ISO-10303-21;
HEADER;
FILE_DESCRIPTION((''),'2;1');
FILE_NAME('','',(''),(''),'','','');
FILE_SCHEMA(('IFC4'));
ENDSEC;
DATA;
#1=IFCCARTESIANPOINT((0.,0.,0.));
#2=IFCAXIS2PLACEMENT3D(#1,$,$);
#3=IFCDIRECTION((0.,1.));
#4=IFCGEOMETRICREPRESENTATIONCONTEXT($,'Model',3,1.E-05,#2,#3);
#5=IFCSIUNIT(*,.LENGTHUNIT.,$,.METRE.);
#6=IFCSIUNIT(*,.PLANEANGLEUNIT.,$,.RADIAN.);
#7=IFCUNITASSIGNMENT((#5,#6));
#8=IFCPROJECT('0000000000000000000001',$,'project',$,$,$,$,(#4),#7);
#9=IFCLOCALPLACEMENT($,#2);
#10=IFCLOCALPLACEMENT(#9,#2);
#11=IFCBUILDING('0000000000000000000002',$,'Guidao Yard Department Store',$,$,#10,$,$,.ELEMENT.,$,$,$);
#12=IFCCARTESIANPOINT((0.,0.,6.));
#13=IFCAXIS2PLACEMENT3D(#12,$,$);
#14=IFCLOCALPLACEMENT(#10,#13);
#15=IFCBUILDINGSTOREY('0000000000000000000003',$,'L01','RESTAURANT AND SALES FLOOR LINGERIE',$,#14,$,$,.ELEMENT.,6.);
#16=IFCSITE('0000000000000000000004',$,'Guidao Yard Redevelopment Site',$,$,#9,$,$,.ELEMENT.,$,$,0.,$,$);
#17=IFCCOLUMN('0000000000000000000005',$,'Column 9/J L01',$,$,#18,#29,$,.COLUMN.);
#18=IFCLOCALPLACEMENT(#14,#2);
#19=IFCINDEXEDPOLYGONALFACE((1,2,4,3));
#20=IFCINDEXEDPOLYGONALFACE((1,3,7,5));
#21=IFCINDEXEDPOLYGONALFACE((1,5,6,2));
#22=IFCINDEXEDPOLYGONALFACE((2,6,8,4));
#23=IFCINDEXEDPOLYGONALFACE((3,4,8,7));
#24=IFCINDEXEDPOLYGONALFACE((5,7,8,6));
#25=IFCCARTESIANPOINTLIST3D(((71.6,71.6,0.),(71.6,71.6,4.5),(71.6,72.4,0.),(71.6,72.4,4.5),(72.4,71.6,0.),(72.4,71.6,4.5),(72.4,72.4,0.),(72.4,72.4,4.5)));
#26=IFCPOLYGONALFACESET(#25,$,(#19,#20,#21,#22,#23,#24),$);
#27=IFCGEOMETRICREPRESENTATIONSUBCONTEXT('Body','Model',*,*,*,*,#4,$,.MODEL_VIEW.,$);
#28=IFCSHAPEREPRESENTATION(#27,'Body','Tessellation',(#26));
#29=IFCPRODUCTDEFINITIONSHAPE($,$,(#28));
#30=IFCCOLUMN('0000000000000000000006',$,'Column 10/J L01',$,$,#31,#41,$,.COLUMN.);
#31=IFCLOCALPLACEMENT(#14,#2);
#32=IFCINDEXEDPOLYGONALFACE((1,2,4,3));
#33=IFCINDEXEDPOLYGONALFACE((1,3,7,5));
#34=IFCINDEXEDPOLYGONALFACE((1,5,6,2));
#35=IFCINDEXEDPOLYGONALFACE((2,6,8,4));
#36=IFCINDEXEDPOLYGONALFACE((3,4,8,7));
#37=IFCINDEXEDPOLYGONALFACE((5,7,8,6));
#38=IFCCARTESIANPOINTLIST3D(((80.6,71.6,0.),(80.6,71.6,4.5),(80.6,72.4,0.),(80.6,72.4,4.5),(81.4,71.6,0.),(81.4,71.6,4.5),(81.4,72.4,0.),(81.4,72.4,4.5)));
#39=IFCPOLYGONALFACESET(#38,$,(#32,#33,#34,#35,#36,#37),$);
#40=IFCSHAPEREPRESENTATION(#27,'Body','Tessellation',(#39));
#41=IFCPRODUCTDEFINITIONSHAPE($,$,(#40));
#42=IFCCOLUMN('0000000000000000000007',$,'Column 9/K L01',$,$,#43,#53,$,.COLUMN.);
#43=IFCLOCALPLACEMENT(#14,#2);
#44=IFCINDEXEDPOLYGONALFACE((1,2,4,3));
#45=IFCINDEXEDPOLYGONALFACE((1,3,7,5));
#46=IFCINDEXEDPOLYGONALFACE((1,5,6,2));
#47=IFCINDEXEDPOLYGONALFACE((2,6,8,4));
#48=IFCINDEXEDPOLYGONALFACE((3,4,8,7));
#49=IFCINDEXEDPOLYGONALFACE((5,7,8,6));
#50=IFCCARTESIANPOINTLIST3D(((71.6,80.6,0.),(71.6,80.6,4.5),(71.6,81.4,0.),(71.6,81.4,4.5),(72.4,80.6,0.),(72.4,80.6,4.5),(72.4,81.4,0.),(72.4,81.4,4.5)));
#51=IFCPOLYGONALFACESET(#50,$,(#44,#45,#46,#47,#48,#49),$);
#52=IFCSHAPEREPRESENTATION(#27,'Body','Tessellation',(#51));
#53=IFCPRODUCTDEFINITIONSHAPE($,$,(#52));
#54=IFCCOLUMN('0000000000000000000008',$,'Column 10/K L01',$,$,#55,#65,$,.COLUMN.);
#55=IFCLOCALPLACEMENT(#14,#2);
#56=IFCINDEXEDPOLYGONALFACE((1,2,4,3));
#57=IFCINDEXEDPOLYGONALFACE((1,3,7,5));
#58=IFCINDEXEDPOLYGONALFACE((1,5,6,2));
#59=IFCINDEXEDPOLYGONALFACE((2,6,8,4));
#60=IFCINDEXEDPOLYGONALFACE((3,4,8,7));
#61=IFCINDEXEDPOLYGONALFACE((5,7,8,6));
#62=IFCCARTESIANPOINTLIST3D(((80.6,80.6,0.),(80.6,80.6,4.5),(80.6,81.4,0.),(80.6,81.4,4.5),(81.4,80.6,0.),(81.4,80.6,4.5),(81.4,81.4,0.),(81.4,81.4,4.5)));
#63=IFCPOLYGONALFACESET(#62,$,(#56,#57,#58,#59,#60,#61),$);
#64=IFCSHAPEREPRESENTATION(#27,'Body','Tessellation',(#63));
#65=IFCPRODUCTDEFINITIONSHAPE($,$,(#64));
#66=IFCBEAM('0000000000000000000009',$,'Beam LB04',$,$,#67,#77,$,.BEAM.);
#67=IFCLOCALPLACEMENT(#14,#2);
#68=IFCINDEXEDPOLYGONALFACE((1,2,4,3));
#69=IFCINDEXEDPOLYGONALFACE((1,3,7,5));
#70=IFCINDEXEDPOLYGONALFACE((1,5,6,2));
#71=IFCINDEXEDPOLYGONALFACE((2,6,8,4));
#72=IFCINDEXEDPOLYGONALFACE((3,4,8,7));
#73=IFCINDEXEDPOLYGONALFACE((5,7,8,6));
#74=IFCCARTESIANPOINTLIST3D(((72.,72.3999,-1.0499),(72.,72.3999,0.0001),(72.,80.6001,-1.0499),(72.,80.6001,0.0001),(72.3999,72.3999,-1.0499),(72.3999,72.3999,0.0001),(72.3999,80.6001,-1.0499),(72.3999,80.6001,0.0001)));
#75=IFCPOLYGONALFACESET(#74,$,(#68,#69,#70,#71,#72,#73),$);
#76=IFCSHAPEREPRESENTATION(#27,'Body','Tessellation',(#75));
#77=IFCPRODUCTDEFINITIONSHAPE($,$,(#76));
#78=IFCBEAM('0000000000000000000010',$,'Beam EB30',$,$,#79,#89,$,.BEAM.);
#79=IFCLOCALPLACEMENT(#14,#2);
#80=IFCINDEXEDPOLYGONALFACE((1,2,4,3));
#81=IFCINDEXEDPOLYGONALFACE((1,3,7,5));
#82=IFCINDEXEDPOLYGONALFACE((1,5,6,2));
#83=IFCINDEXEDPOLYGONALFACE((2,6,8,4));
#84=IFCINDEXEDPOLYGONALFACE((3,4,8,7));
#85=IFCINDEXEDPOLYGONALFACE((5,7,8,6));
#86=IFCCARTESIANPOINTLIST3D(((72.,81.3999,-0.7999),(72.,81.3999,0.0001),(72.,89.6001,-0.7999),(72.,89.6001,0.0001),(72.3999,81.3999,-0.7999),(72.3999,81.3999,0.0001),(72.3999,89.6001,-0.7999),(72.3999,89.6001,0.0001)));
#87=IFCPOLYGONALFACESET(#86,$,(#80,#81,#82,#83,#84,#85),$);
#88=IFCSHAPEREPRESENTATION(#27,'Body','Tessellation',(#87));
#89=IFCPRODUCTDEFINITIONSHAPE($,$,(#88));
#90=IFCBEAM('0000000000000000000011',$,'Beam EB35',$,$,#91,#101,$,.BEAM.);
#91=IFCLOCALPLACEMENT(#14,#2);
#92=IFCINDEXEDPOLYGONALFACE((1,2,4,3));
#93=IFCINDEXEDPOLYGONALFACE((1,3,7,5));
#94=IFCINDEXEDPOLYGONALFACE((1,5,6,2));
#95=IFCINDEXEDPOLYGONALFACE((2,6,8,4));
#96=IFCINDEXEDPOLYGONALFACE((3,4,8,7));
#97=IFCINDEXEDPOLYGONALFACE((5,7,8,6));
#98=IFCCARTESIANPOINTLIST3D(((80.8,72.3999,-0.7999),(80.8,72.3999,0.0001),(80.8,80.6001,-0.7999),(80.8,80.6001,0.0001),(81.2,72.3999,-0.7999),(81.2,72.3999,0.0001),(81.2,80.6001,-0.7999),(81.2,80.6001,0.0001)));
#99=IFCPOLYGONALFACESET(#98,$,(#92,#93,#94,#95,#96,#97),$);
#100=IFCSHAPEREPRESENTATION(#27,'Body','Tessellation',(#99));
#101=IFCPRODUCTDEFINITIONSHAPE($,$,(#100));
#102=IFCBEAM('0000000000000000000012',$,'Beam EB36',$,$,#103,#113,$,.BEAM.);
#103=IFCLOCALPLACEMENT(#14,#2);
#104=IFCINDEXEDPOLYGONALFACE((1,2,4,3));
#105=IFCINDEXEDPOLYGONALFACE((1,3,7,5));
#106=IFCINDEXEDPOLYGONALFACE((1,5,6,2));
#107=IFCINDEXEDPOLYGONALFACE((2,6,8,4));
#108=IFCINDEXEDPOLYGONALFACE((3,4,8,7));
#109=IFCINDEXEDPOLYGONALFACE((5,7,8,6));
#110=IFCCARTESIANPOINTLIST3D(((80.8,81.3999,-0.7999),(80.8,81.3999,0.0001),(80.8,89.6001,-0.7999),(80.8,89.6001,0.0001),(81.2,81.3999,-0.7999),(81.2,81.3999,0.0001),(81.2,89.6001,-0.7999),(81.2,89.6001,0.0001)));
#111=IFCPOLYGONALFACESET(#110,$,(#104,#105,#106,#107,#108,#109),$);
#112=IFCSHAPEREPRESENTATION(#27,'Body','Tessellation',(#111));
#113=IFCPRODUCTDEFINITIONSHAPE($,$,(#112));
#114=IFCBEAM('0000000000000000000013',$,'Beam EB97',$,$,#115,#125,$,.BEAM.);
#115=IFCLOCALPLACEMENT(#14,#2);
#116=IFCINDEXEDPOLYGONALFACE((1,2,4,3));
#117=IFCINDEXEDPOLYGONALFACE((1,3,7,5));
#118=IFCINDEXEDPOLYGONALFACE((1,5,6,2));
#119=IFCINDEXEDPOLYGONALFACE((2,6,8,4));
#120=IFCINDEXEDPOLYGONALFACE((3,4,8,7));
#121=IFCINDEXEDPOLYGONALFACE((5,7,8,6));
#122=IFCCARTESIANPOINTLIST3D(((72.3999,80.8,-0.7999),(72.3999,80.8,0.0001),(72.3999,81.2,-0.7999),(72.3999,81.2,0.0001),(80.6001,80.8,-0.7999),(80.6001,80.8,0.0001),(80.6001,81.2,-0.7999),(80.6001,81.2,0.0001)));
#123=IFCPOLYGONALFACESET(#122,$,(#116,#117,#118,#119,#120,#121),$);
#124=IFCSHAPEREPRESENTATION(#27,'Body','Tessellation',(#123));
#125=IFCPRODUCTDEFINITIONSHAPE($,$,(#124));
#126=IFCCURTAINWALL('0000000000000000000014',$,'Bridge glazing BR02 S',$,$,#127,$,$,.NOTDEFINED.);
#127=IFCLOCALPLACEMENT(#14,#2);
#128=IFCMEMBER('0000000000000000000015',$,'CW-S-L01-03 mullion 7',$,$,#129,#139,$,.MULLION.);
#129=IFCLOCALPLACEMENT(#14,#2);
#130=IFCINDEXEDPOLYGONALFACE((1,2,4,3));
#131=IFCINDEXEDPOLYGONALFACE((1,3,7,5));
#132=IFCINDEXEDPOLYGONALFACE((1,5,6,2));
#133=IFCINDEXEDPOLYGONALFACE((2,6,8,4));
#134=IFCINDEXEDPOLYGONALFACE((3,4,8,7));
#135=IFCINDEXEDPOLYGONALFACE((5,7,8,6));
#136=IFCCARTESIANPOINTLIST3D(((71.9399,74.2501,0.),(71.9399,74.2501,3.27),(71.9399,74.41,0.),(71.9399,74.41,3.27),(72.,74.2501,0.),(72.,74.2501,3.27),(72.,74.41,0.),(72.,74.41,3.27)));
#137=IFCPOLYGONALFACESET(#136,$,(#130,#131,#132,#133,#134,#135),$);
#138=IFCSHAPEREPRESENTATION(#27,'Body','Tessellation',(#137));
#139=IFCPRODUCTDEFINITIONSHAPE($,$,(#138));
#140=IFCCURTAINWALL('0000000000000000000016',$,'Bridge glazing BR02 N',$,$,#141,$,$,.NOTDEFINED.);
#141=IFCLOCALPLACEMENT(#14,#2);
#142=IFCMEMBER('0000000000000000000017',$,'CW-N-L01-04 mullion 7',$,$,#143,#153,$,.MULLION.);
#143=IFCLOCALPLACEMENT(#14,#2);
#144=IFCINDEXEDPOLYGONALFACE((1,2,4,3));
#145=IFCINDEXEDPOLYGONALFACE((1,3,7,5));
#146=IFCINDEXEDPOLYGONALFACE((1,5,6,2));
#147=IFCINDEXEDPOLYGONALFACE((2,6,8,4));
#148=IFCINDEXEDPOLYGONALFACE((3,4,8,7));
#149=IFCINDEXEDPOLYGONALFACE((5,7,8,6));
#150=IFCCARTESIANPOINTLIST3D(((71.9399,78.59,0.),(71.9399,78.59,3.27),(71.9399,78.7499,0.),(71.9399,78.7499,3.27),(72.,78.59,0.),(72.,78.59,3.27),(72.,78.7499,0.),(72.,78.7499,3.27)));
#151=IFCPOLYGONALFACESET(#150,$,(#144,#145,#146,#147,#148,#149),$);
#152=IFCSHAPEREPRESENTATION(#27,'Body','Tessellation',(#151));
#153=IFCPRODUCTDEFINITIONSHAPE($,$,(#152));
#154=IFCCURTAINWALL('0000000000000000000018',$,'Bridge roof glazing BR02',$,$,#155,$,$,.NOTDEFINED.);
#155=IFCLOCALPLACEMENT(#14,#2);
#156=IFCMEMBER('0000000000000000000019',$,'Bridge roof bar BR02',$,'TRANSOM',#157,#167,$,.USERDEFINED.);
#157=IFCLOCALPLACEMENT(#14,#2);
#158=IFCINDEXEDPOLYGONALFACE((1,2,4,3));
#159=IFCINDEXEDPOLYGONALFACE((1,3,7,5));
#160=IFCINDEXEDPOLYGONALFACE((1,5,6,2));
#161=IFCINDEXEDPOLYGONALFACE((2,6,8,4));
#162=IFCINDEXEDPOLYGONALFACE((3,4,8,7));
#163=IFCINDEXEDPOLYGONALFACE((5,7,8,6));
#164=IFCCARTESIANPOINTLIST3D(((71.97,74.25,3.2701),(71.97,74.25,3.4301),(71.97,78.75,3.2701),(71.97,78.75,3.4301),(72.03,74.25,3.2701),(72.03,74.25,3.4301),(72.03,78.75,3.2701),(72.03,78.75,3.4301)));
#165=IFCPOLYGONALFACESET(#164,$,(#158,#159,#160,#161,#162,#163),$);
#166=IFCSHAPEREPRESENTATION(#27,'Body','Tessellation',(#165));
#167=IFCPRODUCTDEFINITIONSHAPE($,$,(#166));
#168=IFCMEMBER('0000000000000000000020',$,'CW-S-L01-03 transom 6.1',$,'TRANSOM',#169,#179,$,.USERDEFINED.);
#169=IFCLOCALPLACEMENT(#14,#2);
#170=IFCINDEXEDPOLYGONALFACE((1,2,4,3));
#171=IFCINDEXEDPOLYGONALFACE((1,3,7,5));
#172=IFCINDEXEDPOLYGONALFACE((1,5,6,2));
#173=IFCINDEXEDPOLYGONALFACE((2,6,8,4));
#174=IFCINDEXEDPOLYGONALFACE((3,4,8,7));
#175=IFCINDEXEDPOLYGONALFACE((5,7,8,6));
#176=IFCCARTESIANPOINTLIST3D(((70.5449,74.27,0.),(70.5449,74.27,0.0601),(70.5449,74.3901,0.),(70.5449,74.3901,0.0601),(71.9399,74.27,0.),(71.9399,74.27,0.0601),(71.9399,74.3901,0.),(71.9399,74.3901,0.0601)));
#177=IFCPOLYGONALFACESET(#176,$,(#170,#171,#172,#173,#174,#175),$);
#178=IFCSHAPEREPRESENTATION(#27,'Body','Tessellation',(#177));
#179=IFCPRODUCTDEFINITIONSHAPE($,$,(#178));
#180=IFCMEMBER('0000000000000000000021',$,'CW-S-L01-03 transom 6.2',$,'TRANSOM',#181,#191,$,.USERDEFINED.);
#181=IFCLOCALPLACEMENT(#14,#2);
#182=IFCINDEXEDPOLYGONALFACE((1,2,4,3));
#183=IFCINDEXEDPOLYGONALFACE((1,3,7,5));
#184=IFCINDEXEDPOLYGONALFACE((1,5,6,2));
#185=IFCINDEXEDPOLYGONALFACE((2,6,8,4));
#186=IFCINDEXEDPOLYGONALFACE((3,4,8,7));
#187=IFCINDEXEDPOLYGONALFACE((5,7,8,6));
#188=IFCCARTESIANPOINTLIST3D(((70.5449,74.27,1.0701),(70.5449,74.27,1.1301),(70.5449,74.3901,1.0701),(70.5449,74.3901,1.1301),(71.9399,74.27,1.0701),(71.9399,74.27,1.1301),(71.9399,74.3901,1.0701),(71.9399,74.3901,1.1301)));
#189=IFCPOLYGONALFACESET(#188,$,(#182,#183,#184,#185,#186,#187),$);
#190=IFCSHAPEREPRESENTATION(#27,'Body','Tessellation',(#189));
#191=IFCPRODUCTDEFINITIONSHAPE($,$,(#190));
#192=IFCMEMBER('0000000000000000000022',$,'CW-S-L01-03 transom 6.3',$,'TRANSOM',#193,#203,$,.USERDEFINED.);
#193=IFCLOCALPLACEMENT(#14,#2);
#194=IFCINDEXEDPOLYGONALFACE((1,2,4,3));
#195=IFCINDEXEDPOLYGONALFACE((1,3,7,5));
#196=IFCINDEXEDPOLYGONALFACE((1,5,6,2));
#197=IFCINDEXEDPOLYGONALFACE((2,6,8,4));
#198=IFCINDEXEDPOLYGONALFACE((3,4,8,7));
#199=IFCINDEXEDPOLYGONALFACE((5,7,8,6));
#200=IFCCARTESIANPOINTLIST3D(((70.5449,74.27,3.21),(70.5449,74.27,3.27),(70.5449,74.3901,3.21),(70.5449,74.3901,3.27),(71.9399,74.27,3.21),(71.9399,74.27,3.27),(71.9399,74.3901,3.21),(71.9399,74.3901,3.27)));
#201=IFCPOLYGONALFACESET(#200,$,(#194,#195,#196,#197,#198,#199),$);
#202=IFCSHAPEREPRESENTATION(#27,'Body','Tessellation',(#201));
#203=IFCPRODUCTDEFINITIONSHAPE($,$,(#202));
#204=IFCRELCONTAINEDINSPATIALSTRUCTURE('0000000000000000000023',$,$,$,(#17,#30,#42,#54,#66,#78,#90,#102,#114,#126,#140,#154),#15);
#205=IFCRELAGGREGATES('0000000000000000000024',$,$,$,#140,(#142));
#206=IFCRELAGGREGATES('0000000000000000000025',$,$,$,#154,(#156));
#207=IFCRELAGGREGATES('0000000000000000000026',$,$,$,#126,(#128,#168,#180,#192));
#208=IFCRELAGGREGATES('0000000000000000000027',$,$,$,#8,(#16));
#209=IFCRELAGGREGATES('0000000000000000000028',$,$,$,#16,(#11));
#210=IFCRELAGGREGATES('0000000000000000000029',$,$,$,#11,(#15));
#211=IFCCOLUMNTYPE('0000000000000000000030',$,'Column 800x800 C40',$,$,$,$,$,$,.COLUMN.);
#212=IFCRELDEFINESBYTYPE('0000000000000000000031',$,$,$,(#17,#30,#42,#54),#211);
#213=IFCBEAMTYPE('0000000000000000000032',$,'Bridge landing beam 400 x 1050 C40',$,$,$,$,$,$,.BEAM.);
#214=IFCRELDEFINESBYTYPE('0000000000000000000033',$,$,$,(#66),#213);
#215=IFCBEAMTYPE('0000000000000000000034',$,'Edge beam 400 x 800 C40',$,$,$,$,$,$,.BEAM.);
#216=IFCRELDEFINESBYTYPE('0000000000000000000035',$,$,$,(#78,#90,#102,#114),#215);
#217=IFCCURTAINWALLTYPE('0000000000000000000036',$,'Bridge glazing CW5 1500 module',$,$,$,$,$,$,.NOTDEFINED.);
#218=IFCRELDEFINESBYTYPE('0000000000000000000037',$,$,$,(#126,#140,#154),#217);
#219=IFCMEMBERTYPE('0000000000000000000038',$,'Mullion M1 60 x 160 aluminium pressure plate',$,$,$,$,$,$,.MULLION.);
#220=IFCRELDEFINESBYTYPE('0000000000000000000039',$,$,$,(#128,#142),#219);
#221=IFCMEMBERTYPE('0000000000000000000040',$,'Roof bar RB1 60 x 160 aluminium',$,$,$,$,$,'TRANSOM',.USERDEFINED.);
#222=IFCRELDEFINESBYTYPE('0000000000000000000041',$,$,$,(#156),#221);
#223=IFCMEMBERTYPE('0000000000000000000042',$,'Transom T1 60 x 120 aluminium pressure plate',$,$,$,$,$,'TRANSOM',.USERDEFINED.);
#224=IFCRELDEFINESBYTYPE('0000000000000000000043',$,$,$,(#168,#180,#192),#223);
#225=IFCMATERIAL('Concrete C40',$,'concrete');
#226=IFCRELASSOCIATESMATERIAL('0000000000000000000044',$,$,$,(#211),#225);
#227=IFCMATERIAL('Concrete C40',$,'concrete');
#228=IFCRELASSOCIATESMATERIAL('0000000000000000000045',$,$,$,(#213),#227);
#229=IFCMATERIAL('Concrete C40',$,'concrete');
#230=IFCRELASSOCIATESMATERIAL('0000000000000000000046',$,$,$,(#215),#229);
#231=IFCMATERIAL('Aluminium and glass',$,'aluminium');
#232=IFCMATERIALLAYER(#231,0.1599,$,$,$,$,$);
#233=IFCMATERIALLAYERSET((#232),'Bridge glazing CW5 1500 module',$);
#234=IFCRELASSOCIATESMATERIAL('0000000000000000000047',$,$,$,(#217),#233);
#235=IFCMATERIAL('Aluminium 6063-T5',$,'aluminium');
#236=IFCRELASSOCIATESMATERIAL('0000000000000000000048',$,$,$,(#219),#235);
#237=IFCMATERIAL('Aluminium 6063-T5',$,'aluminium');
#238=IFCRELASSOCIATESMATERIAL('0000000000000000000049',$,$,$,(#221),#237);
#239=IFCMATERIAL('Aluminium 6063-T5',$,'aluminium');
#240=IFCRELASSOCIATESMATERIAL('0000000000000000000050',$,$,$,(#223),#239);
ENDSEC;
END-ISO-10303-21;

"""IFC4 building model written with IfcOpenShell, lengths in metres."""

from ifc_helpers import new_model, si_unit, direction, frame, origin, origin_2d, place, context, subcontext, project, spatial, rectangle, extrude, material, layer, layer_set, material_profile, profile_set, type_object, element, aggregate, save


model = new_model("IFC4")

# Units and contexts
model_context = context("Model", 3, precision=1e-05, world=origin(), true_north=direction((0.0, 1.0)))
body_context = subcontext(model_context, "Body", "Model", "MODEL_VIEW")
ifc_project = project(units=[si_unit("LENGTHUNIT", "METRE"), si_unit("PLANEANGLEUNIT", "RADIAN")], contexts=[model_context])

# Site, building, storey
site_placement = place(None, origin())
site = spatial("IfcSite", under=ifc_project, at=site_placement, Name="Guidao Yard Redevelopment Site", CompositionType="ELEMENT", RefElevation=0.0)
building_placement = place(site_placement, origin())
building = spatial("IfcBuilding", under=site, at=building_placement, Name="Guidao Yard Department Store", CompositionType="ELEMENT")
storey_placement = place(building_placement, frame((0.0, 0.0, 6.0)))
storey = spatial("IfcBuildingStorey", under=building, at=storey_placement, Name="L01", Description="RESTAURANT AND SALES FLOOR LINGERIE", CompositionType="ELEMENT", Elevation=6.0)

# Columns
ifc_material_1 = material(Name="Concrete C40", Category="concrete")
ifc_material_profile_1 = material_profile(ifc_material_1, rectangle(XDim=0.8, YDim=0.8, at=origin_2d()), Name="COL 800x800")
ifc_profile_set_1 = profile_set([ifc_material_profile_1], Name="Concrete C40")
column_type = type_object("IfcColumnType", Name="Column 800x800 C40", PredefinedType="COLUMN", material=ifc_profile_set_1)
for number, where, z_axis, x_axis, name in (
    (1, (72.0, 72.0, 0.0), (0.0, 0.0, 1.0), (1.0, 0.0, 0.0), "Column 9/J L01"),
    (2, (81.0, 72.0, 0.0), (0.0, 0.0, 1.0), (1.0, 0.0, 0.0), "Column 10/J L01"),
    (3, (72.0, 81.0, 0.0), (0.0, 0.0, 1.0), (1.0, 0.0, 0.0), "Column 9/K L01"),
    (4, (81.0, 81.0, 0.0), (0.0, 0.0, 1.0), (1.0, 0.0, 0.0), "Column 10/K L01"),
):
    element("IfcColumn", number, at=place(storey_placement, frame(where, z_axis=z_axis, x_axis=x_axis)), inside=storey, type_object=column_type, Name=name, PredefinedType="COLUMN", context=body_context, shape_type="SweptSolid", body=[
        extrude(rectangle(XDim=0.8, YDim=0.8, at=origin_2d()), origin(), (0.0, 0.0, 1.0), 4.5),
    ])

# Beams
ifc_material_2 = material(Name="Concrete C40", Category="concrete")
ifc_material_profile_2 = material_profile(ifc_material_2, rectangle(XDim=0.3999, YDim=1.05, at=origin_2d()), Name="Bridge landing beam 400 x 1050 C40")
ifc_profile_set_2 = profile_set([ifc_material_profile_2], Name="Concrete C40")
beam_type_1 = type_object("IfcBeamType", Name="Bridge landing beam 400 x 1050 C40", PredefinedType="BEAM", material=ifc_profile_set_2)
beam_placement = place(storey_placement, frame((72.2, 72.3999, -0.5249), z_axis=(0.0, 1.0, 0.0), x_axis=(-1.0, 0.0, 0.0)))
element("IfcBeam", 5, at=beam_placement, inside=storey, type_object=beam_type_1, Name="Beam LB04", PredefinedType="BEAM", context=body_context, shape_type="SweptSolid", body=[
    extrude(rectangle(XDim=0.3999, YDim=1.05, at=origin_2d()), origin(), (0.0, 0.0, 1.0), 8.2002),
])
ifc_material_3 = material(Name="Concrete C40", Category="concrete")
ifc_material_profile_3 = material_profile(ifc_material_3, rectangle(XDim=0.3999, YDim=0.8, at=origin_2d()), Name="Edge beam 400 x 800 C40")
ifc_profile_set_3 = profile_set([ifc_material_profile_3], Name="Concrete C40")
beam_type_2 = type_object("IfcBeamType", Name="Edge beam 400 x 800 C40", PredefinedType="BEAM", material=ifc_profile_set_3)
for number, where, z_axis, x_axis, name in (
    (6, (72.2, 81.3999, -0.3999), (0.0, 1.0, 0.0), (-1.0, 0.0, 0.0), "Beam EB30"),
    (7, (81.0, 72.3999, -0.3999), (0.0, 1.0, 0.0), (-1.0, 0.0, 0.0), "Beam EB35"),
    (8, (81.0, 81.3999, -0.3999), (0.0, 1.0, 0.0), (-1.0, 0.0, 0.0), "Beam EB36"),
    (9, (72.3999, 81.0, -0.3999), (1.0, 0.0, 0.0), (0.0, 1.0, 0.0), "Beam EB97"),
):
    element("IfcBeam", number, at=place(storey_placement, frame(where, z_axis=z_axis, x_axis=x_axis)), inside=storey, type_object=beam_type_2, Name=name, PredefinedType="BEAM", context=body_context, shape_type="SweptSolid", body=[
        extrude(rectangle(XDim=0.3999, YDim=0.8, at=origin_2d()), origin(), (0.0, 0.0, 1.0), 8.2002),
    ])

# Curtain walls, members
ifc_material_4 = material(Name="Aluminium and glass", Category="aluminium")
ifc_layer_1 = layer(ifc_material_4, 0.1599)
ifc_layer_set_1 = layer_set([ifc_layer_1], Name="Bridge glazing CW5 1500 module")
curtain_wall_type = type_object("IfcCurtainWallType", Name="Bridge glazing CW5 1500 module", PredefinedType="NOTDEFINED", material=ifc_layer_set_1)
curtain_wall_1_placement = place(storey_placement, origin())
curtain_wall_1 = element("IfcCurtainWall", 10, at=curtain_wall_1_placement, inside=storey, type_object=curtain_wall_type, Name="Bridge glazing BR02 S", PredefinedType="NOTDEFINED")
ifc_material_5 = material(Name="Aluminium 6063-T5", Category="aluminium")
ifc_material_profile_4 = material_profile(ifc_material_5, rectangle(XDim=0.0601, YDim=0.1599, at=origin_2d()), Name="Mullion M1 60 x 160 aluminium pressure plate")
ifc_profile_set_4 = profile_set([ifc_material_profile_4], Name="Aluminium 6063-T5")
member_type_1 = type_object("IfcMemberType", Name="Mullion M1 60 x 160 aluminium pressure plate", PredefinedType="MULLION", material=ifc_profile_set_4)
member_1_placement = place(storey_placement, frame((71.97, 74.3301, 0.0), z_axis=(0.0, 0.0, 1.0), x_axis=(-1.0, 0.0, 0.0)))
member_1 = element("IfcMember", 11, at=member_1_placement, type_object=member_type_1, Name="CW-S-L01-03 mullion 7", PredefinedType="MULLION", context=body_context, shape_type="SweptSolid", body=[
    extrude(rectangle(XDim=0.0601, YDim=0.1599, at=origin_2d()), origin(), (0.0, 0.0, 1.0), 3.27),
])
curtain_wall_2_placement = place(storey_placement, origin())
curtain_wall_2 = element("IfcCurtainWall", 12, at=curtain_wall_2_placement, inside=storey, type_object=curtain_wall_type, Name="Bridge glazing BR02 N", PredefinedType="NOTDEFINED")
member_2_placement = place(storey_placement, frame((71.97, 78.6699, 0.0), z_axis=(0.0, 0.0, 1.0), x_axis=(1.0, 0.0, 0.0)))
member_2 = element("IfcMember", 13, at=member_2_placement, type_object=member_type_1, Name="CW-N-L01-04 mullion 7", PredefinedType="MULLION", context=body_context, shape_type="SweptSolid", body=[
    extrude(rectangle(XDim=0.0601, YDim=0.1599, at=origin_2d()), origin(), (0.0, 0.0, 1.0), 3.27),
])
aggregate(curtain_wall_2, [member_2])
curtain_wall_3_placement = place(storey_placement, origin())
curtain_wall_3 = element("IfcCurtainWall", 14, at=curtain_wall_3_placement, inside=storey, type_object=curtain_wall_type, Name="Bridge roof glazing BR02", PredefinedType="NOTDEFINED")
ifc_material_6 = material(Name="Aluminium 6063-T5", Category="aluminium")
ifc_material_profile_5 = material_profile(ifc_material_6, rectangle(XDim=0.0601, YDim=0.1599, at=origin_2d()), Name="Roof bar RB1 60 x 160 aluminium")
ifc_profile_set_5 = profile_set([ifc_material_profile_5], Name="Aluminium 6063-T5")
member_type_2 = type_object("IfcMemberType", Name="Roof bar RB1 60 x 160 aluminium", ElementType="TRANSOM", PredefinedType="USERDEFINED", material=ifc_profile_set_5)
member_3_placement = place(storey_placement, frame((72.0, 74.25, 3.3501), z_axis=(0.0, 1.0, 0.0), x_axis=(-1.0, 0.0, 0.0)))
member_3 = element("IfcMember", 15, at=member_3_placement, type_object=member_type_2, Name="Bridge roof bar BR02", ObjectType="TRANSOM", PredefinedType="USERDEFINED", context=body_context, shape_type="SweptSolid", body=[
    extrude(rectangle(XDim=0.0601, YDim=0.1599, at=origin_2d()), origin(), (0.0, 0.0, 1.0), 4.5),
])
aggregate(curtain_wall_3, [member_3])

# Members
ifc_material_7 = material(Name="Aluminium 6063-T5", Category="aluminium")
ifc_material_profile_6 = material_profile(ifc_material_7, rectangle(XDim=0.1201, YDim=0.0601, at=origin_2d()), Name="Transom T1 60 x 120 aluminium pressure plate")
ifc_profile_set_6 = profile_set([ifc_material_profile_6], Name="Aluminium 6063-T5")
member_type_3 = type_object("IfcMemberType", Name="Transom T1 60 x 120 aluminium pressure plate", ElementType="TRANSOM", PredefinedType="USERDEFINED", material=ifc_profile_set_6)
member_4_placement = place(storey_placement, frame((71.9399, 74.3301, 0.03), z_axis=(-1.0, 0.0, 0.0), x_axis=(0.0, -1.0, 0.0)))
member_4 = element("IfcMember", 16, at=member_4_placement, type_object=member_type_3, Name="CW-S-L01-03 transom 6.1", ObjectType="TRANSOM", PredefinedType="USERDEFINED", context=body_context, shape_type="SweptSolid", body=[
    extrude(rectangle(XDim=0.1201, YDim=0.0601, at=origin_2d()), origin(), (0.0, 0.0, 1.0), 1.395),
])
member_5_placement = place(storey_placement, frame((71.9399, 74.3301, 1.1001), z_axis=(-1.0, 0.0, 0.0), x_axis=(0.0, -1.0, 0.0)))
member_5 = element("IfcMember", 17, at=member_5_placement, type_object=member_type_3, Name="CW-S-L01-03 transom 6.2", ObjectType="TRANSOM", PredefinedType="USERDEFINED", context=body_context, shape_type="SweptSolid", body=[
    extrude(rectangle(XDim=0.1201, YDim=0.0601, at=origin_2d()), origin(), (0.0, 0.0, 1.0), 1.395),
])
member_6_placement = place(storey_placement, frame((71.9399, 74.3301, 3.24), z_axis=(-1.0, 0.0, 0.0), x_axis=(0.0, -1.0, 0.0)))
member_6 = element("IfcMember", 18, at=member_6_placement, type_object=member_type_3, Name="CW-S-L01-03 transom 6.3", ObjectType="TRANSOM", PredefinedType="USERDEFINED", context=body_context, shape_type="SweptSolid", body=[
    extrude(rectangle(XDim=0.1201, YDim=0.0601, at=origin_2d()), origin(), (0.0, 0.0, 1.0), 1.395),
])
aggregate(curtain_wall_1, [member_1, member_4, member_5, member_6])

save(model, "model.ifc")
